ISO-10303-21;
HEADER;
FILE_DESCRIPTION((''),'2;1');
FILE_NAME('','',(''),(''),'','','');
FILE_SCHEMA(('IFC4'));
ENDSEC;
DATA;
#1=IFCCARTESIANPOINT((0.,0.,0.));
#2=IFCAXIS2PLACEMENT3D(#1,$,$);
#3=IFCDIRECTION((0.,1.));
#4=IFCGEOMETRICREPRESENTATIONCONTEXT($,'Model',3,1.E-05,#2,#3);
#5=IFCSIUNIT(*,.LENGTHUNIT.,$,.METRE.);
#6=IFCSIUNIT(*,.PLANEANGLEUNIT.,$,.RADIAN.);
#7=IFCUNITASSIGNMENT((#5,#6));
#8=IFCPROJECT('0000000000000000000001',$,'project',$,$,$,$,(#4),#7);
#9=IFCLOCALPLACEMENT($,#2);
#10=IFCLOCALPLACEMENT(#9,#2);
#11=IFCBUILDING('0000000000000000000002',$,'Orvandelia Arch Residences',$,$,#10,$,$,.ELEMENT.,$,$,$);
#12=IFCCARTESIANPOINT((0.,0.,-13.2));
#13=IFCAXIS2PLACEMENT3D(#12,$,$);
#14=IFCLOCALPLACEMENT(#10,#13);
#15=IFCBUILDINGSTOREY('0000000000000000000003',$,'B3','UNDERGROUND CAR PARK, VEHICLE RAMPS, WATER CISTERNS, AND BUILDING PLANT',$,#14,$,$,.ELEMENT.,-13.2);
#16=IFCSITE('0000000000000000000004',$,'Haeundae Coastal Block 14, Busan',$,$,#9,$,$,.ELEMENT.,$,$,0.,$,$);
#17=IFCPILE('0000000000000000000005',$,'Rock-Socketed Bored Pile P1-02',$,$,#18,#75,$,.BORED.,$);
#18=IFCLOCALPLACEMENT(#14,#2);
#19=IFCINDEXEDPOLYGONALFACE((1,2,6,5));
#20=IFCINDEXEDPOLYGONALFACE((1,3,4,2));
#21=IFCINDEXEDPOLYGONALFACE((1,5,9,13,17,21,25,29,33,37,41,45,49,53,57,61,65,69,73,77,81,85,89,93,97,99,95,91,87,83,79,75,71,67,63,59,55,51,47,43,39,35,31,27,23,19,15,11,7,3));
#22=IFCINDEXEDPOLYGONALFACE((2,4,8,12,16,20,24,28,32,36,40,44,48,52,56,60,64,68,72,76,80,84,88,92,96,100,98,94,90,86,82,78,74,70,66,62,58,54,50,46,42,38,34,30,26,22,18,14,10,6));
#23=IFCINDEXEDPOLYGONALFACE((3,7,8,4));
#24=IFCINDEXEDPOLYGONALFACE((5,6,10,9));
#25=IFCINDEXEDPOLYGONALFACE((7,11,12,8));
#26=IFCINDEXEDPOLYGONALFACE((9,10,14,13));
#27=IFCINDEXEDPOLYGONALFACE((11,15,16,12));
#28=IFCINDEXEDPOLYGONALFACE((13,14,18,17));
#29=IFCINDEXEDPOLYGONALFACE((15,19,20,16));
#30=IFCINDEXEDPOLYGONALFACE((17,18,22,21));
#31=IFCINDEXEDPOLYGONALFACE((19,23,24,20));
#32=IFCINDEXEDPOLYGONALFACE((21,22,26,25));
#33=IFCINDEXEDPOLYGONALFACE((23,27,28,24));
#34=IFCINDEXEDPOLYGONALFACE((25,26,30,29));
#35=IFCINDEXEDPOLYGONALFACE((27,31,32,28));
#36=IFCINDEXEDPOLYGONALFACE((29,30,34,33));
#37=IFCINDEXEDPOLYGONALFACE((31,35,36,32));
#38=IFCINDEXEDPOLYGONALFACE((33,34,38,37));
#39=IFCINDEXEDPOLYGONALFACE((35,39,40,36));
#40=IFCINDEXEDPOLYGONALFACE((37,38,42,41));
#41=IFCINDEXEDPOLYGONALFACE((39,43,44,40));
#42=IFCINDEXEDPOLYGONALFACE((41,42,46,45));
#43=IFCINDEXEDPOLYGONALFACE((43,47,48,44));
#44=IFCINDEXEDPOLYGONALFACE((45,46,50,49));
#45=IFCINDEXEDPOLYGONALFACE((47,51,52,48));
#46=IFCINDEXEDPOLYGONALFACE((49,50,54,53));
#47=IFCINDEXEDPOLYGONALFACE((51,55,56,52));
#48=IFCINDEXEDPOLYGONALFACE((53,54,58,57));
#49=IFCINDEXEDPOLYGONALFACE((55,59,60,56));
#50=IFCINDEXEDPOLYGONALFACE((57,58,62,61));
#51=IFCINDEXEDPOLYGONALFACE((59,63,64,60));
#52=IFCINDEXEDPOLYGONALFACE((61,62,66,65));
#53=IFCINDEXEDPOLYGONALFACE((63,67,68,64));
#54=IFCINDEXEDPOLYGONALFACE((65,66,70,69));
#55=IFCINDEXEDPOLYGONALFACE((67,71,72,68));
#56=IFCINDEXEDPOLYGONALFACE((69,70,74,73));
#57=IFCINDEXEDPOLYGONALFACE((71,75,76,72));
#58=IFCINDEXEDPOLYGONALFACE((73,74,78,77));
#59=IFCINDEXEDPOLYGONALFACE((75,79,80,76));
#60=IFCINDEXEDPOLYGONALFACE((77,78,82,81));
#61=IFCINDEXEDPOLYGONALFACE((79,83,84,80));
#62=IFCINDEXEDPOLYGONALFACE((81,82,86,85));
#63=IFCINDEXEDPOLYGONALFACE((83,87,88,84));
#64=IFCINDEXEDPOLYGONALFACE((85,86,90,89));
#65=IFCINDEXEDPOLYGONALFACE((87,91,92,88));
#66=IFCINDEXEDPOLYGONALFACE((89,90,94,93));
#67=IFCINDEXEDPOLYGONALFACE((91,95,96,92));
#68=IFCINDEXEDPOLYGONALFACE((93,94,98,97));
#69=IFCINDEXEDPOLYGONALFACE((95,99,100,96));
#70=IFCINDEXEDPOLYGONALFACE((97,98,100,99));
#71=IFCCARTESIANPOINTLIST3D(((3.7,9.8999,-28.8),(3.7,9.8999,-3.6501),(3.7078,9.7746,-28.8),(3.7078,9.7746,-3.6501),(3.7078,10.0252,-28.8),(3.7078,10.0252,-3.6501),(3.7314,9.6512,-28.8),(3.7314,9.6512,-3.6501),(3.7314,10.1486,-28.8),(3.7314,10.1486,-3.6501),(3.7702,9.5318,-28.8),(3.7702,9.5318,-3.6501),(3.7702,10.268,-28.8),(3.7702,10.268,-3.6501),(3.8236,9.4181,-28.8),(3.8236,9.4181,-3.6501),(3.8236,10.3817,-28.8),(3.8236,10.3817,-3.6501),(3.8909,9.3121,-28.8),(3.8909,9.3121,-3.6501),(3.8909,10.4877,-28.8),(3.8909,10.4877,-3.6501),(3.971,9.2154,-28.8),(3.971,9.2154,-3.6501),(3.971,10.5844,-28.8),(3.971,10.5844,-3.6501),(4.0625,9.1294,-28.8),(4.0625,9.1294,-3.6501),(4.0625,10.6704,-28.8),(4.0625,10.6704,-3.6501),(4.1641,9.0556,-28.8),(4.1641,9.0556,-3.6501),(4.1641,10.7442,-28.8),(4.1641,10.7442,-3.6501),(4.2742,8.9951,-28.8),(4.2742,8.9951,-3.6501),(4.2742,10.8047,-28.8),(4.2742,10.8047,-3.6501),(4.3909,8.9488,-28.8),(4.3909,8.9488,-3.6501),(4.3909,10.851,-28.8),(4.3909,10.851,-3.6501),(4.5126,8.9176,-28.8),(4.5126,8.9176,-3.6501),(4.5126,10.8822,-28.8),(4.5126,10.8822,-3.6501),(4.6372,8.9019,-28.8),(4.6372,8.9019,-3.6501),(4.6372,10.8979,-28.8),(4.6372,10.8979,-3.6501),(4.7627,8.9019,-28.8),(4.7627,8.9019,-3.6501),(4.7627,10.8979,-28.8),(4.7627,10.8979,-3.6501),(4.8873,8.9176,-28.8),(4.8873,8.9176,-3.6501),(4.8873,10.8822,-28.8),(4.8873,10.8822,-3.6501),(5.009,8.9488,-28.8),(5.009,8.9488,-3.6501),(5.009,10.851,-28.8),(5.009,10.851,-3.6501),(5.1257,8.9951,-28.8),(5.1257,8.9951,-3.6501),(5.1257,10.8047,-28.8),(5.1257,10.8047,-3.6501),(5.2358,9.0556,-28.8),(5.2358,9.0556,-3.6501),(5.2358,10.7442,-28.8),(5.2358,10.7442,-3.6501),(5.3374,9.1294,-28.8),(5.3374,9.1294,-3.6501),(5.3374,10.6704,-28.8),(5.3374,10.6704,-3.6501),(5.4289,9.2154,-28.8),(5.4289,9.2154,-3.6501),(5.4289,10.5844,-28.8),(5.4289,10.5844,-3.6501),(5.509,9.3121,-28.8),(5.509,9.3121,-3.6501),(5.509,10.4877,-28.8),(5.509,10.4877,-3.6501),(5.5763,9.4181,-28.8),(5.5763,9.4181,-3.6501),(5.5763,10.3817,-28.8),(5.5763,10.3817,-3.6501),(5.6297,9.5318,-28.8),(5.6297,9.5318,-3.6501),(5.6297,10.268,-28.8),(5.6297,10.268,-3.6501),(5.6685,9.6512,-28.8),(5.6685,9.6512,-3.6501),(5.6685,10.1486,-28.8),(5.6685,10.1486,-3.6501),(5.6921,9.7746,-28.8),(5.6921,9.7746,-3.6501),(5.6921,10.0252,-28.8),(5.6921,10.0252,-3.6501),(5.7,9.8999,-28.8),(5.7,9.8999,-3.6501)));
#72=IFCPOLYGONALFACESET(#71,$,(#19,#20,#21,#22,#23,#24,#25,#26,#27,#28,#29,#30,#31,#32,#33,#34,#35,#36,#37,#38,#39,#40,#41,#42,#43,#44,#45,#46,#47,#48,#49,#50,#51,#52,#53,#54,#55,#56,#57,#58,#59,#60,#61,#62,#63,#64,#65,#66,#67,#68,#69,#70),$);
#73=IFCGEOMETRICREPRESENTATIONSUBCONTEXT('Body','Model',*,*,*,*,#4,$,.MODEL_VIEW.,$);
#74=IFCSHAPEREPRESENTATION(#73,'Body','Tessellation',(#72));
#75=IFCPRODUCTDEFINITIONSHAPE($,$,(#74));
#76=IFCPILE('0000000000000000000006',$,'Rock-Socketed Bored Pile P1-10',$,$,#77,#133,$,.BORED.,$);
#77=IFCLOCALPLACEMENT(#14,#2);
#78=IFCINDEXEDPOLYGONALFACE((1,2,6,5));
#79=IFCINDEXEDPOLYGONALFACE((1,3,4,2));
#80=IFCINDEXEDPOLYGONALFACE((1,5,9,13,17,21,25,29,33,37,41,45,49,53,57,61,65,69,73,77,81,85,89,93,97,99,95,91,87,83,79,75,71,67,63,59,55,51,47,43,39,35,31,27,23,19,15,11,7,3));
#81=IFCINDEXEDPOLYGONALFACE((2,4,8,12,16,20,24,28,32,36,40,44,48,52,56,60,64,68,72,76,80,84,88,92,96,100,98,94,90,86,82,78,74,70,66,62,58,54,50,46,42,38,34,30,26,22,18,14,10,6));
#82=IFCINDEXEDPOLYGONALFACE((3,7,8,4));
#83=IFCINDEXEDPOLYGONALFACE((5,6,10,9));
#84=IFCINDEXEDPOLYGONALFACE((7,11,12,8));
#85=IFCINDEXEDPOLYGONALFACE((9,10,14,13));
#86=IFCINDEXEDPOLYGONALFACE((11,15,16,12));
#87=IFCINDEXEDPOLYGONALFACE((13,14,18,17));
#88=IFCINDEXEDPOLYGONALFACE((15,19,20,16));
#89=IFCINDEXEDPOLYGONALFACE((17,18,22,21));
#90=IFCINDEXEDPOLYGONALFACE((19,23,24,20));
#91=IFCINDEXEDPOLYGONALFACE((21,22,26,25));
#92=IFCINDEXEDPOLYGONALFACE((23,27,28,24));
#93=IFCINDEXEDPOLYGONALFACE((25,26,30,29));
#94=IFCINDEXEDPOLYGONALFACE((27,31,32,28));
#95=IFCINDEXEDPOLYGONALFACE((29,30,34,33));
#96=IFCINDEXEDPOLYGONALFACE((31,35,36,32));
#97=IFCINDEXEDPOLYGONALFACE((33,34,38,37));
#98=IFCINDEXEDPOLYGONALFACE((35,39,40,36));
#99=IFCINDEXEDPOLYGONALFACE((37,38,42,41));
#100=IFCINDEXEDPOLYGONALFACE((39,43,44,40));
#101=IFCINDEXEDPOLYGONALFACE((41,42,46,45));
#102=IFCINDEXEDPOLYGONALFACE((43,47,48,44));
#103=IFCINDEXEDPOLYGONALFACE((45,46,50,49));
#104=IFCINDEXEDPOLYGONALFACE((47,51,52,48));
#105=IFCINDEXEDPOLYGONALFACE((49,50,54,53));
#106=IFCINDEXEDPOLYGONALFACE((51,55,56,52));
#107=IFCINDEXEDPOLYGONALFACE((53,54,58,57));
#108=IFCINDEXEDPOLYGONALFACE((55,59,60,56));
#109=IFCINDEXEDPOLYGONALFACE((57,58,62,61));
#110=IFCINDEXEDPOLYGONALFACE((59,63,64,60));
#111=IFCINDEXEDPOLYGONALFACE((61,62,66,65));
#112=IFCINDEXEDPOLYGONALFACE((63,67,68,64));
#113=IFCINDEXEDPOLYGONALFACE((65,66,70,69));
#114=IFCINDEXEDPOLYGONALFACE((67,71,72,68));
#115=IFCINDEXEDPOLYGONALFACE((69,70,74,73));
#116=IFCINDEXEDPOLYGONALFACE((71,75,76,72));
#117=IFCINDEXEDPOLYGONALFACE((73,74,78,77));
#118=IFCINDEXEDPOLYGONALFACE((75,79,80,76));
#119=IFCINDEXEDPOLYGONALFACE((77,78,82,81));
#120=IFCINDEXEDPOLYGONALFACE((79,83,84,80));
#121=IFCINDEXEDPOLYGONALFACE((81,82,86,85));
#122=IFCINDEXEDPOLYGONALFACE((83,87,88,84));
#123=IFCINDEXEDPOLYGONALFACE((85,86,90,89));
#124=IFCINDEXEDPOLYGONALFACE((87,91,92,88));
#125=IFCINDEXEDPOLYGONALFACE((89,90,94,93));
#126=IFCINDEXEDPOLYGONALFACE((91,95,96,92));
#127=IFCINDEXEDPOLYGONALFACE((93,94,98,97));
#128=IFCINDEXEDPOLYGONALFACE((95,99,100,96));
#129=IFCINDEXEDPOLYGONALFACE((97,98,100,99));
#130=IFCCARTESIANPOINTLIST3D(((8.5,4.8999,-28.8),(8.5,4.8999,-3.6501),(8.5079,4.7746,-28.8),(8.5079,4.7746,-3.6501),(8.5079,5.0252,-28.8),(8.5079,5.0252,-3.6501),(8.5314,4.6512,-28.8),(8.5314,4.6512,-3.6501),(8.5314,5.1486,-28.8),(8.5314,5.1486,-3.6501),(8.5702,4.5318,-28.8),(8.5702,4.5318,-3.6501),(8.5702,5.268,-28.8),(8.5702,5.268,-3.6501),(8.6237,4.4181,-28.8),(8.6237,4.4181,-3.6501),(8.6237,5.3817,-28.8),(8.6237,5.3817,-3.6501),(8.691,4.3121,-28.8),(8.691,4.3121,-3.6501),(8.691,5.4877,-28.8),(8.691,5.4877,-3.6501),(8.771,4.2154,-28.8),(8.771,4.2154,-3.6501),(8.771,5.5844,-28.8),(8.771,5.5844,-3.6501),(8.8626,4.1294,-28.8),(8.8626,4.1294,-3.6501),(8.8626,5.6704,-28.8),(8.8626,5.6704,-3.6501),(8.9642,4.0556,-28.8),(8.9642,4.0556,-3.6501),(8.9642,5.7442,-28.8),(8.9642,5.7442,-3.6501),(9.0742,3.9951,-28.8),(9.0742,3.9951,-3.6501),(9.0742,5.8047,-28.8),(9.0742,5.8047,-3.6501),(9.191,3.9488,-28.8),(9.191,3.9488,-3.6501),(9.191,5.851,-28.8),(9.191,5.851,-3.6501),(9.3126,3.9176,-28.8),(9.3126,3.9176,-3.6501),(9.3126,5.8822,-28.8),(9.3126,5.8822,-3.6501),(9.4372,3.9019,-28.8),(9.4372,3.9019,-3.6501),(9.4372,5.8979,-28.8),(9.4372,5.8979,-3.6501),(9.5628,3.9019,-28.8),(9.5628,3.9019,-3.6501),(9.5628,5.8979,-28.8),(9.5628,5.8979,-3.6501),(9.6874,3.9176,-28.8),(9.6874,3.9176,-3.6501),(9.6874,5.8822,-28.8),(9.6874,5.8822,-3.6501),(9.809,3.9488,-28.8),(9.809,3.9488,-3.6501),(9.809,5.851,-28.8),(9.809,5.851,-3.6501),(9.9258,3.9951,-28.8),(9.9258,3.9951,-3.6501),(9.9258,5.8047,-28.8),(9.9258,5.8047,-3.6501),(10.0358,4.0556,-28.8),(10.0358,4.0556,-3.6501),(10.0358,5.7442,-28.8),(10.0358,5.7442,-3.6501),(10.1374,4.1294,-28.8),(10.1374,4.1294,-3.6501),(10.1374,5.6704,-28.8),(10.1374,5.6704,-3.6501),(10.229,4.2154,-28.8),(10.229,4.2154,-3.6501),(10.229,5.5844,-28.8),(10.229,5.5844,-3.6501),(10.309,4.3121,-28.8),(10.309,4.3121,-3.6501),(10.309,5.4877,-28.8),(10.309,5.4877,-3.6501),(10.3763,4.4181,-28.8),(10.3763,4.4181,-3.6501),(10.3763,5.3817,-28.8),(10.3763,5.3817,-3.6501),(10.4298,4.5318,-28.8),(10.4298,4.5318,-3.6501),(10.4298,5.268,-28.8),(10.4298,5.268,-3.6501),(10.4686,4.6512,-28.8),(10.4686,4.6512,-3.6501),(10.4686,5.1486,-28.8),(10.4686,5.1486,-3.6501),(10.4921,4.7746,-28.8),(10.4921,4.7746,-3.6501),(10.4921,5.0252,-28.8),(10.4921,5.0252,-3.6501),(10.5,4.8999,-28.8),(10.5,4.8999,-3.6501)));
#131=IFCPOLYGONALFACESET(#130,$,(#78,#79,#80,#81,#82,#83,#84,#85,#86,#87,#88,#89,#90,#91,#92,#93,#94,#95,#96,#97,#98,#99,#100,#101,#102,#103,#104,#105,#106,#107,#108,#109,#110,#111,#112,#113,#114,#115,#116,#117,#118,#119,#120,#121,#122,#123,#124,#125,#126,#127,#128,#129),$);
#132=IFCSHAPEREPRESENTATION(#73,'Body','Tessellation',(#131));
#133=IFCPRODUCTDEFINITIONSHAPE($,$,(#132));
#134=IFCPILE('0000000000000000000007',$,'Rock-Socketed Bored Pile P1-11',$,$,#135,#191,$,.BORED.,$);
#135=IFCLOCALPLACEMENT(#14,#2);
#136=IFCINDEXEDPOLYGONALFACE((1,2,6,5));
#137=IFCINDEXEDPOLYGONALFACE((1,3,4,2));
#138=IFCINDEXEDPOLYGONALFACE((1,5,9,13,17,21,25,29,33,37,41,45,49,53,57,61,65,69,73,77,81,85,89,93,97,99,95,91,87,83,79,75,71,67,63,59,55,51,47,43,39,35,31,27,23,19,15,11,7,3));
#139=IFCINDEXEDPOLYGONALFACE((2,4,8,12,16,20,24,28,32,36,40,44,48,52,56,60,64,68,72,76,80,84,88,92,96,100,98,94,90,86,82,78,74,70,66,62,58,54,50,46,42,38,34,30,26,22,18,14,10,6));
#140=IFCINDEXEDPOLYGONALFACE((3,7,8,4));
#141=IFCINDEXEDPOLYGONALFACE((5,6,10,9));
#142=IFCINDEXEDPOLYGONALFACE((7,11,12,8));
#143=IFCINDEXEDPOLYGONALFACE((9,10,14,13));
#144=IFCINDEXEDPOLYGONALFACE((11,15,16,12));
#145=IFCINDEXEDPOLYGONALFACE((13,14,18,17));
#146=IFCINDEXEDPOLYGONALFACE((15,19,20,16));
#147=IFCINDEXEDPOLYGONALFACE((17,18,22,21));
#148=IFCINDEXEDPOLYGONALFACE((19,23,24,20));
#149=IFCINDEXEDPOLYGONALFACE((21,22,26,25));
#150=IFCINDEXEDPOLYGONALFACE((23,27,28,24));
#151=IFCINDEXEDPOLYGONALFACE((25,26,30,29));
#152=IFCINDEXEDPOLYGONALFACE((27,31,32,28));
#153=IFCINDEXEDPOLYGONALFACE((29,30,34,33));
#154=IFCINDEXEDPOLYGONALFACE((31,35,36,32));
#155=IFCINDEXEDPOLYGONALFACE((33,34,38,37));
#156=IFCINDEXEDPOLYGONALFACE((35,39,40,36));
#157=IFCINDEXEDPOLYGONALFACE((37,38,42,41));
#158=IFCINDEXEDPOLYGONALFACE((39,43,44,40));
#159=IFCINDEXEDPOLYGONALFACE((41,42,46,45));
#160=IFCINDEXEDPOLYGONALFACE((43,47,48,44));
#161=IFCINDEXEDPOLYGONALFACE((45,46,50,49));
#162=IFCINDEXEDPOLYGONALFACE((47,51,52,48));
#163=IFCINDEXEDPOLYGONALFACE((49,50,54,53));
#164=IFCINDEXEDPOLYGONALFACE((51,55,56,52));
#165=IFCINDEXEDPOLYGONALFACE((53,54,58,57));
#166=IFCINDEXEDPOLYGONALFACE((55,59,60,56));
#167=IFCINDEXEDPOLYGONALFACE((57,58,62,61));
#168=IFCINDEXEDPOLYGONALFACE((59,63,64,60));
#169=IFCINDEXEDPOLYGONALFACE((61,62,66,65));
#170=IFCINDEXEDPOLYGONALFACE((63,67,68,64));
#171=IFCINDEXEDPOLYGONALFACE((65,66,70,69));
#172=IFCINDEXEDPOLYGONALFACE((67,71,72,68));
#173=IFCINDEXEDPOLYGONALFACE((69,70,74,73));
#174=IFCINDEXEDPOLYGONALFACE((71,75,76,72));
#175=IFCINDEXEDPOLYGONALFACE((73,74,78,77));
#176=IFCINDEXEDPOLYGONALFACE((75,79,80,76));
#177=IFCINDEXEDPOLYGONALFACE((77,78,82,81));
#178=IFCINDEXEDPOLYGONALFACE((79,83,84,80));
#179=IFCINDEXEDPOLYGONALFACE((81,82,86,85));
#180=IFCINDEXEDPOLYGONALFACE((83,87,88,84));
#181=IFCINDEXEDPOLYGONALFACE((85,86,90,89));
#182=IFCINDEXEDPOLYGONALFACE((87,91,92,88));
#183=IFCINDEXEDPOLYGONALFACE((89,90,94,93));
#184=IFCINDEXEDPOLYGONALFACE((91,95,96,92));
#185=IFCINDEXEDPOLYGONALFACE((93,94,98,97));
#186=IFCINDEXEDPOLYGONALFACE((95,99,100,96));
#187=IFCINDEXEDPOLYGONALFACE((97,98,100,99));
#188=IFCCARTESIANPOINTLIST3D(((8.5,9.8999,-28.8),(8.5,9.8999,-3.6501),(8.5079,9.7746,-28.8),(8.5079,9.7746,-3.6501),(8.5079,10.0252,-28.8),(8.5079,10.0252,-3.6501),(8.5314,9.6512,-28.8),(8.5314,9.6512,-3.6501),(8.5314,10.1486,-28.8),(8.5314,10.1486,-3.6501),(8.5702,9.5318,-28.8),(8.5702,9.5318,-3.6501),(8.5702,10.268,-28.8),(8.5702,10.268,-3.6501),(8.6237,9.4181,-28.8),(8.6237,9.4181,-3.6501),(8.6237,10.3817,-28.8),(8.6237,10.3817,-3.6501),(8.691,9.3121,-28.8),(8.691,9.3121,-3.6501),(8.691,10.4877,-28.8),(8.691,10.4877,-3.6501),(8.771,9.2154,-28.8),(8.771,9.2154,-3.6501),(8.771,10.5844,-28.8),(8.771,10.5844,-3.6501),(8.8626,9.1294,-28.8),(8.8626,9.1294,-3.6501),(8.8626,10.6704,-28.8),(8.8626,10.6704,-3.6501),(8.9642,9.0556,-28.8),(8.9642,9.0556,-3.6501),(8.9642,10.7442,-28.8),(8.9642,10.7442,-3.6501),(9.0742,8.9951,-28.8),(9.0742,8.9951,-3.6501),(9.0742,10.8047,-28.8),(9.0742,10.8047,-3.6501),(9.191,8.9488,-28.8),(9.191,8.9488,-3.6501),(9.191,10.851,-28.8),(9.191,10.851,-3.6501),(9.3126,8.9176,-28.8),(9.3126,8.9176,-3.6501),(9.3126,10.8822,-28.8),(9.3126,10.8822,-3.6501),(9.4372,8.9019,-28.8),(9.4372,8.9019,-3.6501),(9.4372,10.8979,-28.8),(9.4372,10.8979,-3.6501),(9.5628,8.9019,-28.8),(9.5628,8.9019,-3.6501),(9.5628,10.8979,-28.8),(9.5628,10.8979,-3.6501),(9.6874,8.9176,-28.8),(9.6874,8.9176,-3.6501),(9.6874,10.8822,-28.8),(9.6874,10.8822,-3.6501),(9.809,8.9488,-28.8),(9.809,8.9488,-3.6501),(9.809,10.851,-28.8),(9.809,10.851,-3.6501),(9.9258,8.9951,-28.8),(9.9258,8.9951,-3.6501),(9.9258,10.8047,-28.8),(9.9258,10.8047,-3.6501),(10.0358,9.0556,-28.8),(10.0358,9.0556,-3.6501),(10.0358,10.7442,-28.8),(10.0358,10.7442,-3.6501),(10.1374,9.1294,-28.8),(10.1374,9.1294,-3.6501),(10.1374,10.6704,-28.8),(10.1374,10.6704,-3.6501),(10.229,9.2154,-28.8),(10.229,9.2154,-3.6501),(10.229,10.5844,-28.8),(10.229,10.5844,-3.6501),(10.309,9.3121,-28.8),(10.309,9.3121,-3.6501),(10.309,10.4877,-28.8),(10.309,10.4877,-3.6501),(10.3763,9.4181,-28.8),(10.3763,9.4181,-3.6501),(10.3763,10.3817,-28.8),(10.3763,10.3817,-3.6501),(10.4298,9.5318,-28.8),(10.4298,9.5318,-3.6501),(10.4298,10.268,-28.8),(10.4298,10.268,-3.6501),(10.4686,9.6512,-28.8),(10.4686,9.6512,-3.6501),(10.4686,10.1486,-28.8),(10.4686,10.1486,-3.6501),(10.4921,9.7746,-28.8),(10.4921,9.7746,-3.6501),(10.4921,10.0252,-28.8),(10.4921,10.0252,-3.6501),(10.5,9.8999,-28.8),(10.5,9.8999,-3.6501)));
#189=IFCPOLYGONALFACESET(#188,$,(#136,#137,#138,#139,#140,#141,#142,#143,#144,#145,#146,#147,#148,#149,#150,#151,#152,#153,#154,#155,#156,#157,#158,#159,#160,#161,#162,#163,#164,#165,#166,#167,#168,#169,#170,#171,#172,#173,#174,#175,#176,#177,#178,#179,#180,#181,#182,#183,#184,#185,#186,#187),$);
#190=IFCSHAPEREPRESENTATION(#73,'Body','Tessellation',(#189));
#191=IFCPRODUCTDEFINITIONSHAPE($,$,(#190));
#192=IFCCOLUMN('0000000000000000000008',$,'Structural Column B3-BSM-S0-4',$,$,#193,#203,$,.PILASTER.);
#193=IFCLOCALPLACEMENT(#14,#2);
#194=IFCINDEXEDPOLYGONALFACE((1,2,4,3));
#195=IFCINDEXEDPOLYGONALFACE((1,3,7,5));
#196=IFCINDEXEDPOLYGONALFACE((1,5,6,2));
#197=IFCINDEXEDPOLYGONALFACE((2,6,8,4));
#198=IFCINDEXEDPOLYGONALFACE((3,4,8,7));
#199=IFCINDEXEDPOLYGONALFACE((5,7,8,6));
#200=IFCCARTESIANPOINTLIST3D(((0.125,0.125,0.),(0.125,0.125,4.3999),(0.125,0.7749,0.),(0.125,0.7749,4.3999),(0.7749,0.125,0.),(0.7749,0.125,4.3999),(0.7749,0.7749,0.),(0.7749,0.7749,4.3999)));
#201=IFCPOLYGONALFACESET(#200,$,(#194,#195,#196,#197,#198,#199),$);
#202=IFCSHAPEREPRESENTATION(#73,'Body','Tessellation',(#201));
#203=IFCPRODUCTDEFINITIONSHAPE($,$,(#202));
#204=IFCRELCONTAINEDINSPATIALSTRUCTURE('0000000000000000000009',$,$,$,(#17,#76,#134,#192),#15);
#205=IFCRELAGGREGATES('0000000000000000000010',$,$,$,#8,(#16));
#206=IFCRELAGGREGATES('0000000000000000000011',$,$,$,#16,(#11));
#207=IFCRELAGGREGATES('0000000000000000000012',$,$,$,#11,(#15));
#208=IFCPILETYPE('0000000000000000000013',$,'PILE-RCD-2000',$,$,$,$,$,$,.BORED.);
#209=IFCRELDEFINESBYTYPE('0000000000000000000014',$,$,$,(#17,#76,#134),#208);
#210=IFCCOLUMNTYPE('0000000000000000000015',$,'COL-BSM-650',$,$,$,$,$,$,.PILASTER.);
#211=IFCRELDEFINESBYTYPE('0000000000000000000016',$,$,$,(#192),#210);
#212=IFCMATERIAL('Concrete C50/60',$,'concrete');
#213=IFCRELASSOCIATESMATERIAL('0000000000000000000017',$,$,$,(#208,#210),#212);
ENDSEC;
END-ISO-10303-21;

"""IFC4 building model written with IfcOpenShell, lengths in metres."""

from ifc_helpers import new_model, si_unit, direction, frame, origin, origin_2d, place, context, subcontext, project, spatial, rectangle, circle, extrude, material, material_profile, profile_set, type_object, element, save


model = new_model("IFC4")

# Units and contexts
model_context = context("Model", 3, precision=1e-05, world=origin(), true_north=direction((0.0, 1.0)))
body_context = subcontext(model_context, "Body", "Model", "MODEL_VIEW")
ifc_project = project(units=[si_unit("LENGTHUNIT", "METRE"), si_unit("PLANEANGLEUNIT", "RADIAN")], contexts=[model_context])

# Site, building, storey
site_placement = place(None, origin())
site = spatial("IfcSite", under=ifc_project, at=site_placement, Name="Haeundae Coastal Block 14, Busan", CompositionType="ELEMENT", RefElevation=0.0)
building_placement = place(site_placement, origin())
building = spatial("IfcBuilding", under=site, at=building_placement, Name="Orvandelia Arch Residences", CompositionType="ELEMENT")
storey_placement = place(building_placement, frame((0.0, 0.0, -13.2)))
storey = spatial("IfcBuildingStorey", under=building, at=storey_placement, Name="B3", Description="UNDERGROUND CAR PARK, VEHICLE RAMPS, WATER CISTERNS, AND BUILDING PLANT", CompositionType="ELEMENT", Elevation=-13.2)

# Shared definitions
ifc_material_1 = material(Name="Concrete C50/60", Category="concrete")

# Piles
ifc_material_profile_1 = material_profile(ifc_material_1, circle(Radius=1.0, at=origin_2d()), Name="Concrete C50/60", Category="concrete")
ifc_profile_set_1 = profile_set([ifc_material_profile_1], Name="Concrete C50/60")
pile_type = type_object("IfcPileType", Name="PILE-RCD-2000", PredefinedType="BORED", material=ifc_profile_set_1)
for number, where, z_axis, x_axis, name in (
    (1, (4.7, 9.8999, -3.6501), (0.0, 0.0, -1.0), (1.0, 0.0, 0.0), "Rock-Socketed Bored Pile P1-02"),
    (2, (9.5, 4.8999, -3.6501), (0.0, 0.0, -1.0), (1.0, 0.0, 0.0), "Rock-Socketed Bored Pile P1-10"),
    (3, (9.5, 9.8999, -3.6501), (0.0, 0.0, -1.0), (1.0, 0.0, 0.0), "Rock-Socketed Bored Pile P1-11"),
):
    element("IfcPile", number, at=place(storey_placement, frame(where, z_axis=z_axis, x_axis=x_axis)), inside=storey, type_object=pile_type, Name=name, PredefinedType="BORED", context=body_context, shape_type="SweptSolid", body=[
        extrude(circle(Radius=1.0, at=origin_2d()), origin(), (0.0, 0.0, 1.0), 25.1499),
    ])

# Column
ifc_material_profile_2 = material_profile(ifc_material_1, rectangle(XDim=0.6499, YDim=0.6499, at=origin_2d()), Name="Concrete C50/60", Category="concrete")
ifc_profile_set_2 = profile_set([ifc_material_profile_2], Name="Concrete C50/60")
column_type_1 = type_object("IfcColumnType", Name="COL-BSM-650", PredefinedType="PILASTER", material=ifc_profile_set_2)
for number, where, z_axis, x_axis, name in (
    (4, (0.45, 0.45, 0.0), (0.0, 0.0, 1.0), (1.0, 0.0, 0.0), "Structural Column B3-BSM-S0-4"),
):
    element("IfcColumn", number, at=place(storey_placement, frame(where, z_axis=z_axis, x_axis=x_axis)), inside=storey, type_object=column_type_1, Name=name, PredefinedType="PILASTER", context=body_context, shape_type="SweptSolid", body=[
        extrude(rectangle(XDim=0.6499, YDim=0.6499, at=origin_2d()), origin(), (0.0, 0.0, 1.0), 4.3999),
    ])

save(model, "model.ifc")
